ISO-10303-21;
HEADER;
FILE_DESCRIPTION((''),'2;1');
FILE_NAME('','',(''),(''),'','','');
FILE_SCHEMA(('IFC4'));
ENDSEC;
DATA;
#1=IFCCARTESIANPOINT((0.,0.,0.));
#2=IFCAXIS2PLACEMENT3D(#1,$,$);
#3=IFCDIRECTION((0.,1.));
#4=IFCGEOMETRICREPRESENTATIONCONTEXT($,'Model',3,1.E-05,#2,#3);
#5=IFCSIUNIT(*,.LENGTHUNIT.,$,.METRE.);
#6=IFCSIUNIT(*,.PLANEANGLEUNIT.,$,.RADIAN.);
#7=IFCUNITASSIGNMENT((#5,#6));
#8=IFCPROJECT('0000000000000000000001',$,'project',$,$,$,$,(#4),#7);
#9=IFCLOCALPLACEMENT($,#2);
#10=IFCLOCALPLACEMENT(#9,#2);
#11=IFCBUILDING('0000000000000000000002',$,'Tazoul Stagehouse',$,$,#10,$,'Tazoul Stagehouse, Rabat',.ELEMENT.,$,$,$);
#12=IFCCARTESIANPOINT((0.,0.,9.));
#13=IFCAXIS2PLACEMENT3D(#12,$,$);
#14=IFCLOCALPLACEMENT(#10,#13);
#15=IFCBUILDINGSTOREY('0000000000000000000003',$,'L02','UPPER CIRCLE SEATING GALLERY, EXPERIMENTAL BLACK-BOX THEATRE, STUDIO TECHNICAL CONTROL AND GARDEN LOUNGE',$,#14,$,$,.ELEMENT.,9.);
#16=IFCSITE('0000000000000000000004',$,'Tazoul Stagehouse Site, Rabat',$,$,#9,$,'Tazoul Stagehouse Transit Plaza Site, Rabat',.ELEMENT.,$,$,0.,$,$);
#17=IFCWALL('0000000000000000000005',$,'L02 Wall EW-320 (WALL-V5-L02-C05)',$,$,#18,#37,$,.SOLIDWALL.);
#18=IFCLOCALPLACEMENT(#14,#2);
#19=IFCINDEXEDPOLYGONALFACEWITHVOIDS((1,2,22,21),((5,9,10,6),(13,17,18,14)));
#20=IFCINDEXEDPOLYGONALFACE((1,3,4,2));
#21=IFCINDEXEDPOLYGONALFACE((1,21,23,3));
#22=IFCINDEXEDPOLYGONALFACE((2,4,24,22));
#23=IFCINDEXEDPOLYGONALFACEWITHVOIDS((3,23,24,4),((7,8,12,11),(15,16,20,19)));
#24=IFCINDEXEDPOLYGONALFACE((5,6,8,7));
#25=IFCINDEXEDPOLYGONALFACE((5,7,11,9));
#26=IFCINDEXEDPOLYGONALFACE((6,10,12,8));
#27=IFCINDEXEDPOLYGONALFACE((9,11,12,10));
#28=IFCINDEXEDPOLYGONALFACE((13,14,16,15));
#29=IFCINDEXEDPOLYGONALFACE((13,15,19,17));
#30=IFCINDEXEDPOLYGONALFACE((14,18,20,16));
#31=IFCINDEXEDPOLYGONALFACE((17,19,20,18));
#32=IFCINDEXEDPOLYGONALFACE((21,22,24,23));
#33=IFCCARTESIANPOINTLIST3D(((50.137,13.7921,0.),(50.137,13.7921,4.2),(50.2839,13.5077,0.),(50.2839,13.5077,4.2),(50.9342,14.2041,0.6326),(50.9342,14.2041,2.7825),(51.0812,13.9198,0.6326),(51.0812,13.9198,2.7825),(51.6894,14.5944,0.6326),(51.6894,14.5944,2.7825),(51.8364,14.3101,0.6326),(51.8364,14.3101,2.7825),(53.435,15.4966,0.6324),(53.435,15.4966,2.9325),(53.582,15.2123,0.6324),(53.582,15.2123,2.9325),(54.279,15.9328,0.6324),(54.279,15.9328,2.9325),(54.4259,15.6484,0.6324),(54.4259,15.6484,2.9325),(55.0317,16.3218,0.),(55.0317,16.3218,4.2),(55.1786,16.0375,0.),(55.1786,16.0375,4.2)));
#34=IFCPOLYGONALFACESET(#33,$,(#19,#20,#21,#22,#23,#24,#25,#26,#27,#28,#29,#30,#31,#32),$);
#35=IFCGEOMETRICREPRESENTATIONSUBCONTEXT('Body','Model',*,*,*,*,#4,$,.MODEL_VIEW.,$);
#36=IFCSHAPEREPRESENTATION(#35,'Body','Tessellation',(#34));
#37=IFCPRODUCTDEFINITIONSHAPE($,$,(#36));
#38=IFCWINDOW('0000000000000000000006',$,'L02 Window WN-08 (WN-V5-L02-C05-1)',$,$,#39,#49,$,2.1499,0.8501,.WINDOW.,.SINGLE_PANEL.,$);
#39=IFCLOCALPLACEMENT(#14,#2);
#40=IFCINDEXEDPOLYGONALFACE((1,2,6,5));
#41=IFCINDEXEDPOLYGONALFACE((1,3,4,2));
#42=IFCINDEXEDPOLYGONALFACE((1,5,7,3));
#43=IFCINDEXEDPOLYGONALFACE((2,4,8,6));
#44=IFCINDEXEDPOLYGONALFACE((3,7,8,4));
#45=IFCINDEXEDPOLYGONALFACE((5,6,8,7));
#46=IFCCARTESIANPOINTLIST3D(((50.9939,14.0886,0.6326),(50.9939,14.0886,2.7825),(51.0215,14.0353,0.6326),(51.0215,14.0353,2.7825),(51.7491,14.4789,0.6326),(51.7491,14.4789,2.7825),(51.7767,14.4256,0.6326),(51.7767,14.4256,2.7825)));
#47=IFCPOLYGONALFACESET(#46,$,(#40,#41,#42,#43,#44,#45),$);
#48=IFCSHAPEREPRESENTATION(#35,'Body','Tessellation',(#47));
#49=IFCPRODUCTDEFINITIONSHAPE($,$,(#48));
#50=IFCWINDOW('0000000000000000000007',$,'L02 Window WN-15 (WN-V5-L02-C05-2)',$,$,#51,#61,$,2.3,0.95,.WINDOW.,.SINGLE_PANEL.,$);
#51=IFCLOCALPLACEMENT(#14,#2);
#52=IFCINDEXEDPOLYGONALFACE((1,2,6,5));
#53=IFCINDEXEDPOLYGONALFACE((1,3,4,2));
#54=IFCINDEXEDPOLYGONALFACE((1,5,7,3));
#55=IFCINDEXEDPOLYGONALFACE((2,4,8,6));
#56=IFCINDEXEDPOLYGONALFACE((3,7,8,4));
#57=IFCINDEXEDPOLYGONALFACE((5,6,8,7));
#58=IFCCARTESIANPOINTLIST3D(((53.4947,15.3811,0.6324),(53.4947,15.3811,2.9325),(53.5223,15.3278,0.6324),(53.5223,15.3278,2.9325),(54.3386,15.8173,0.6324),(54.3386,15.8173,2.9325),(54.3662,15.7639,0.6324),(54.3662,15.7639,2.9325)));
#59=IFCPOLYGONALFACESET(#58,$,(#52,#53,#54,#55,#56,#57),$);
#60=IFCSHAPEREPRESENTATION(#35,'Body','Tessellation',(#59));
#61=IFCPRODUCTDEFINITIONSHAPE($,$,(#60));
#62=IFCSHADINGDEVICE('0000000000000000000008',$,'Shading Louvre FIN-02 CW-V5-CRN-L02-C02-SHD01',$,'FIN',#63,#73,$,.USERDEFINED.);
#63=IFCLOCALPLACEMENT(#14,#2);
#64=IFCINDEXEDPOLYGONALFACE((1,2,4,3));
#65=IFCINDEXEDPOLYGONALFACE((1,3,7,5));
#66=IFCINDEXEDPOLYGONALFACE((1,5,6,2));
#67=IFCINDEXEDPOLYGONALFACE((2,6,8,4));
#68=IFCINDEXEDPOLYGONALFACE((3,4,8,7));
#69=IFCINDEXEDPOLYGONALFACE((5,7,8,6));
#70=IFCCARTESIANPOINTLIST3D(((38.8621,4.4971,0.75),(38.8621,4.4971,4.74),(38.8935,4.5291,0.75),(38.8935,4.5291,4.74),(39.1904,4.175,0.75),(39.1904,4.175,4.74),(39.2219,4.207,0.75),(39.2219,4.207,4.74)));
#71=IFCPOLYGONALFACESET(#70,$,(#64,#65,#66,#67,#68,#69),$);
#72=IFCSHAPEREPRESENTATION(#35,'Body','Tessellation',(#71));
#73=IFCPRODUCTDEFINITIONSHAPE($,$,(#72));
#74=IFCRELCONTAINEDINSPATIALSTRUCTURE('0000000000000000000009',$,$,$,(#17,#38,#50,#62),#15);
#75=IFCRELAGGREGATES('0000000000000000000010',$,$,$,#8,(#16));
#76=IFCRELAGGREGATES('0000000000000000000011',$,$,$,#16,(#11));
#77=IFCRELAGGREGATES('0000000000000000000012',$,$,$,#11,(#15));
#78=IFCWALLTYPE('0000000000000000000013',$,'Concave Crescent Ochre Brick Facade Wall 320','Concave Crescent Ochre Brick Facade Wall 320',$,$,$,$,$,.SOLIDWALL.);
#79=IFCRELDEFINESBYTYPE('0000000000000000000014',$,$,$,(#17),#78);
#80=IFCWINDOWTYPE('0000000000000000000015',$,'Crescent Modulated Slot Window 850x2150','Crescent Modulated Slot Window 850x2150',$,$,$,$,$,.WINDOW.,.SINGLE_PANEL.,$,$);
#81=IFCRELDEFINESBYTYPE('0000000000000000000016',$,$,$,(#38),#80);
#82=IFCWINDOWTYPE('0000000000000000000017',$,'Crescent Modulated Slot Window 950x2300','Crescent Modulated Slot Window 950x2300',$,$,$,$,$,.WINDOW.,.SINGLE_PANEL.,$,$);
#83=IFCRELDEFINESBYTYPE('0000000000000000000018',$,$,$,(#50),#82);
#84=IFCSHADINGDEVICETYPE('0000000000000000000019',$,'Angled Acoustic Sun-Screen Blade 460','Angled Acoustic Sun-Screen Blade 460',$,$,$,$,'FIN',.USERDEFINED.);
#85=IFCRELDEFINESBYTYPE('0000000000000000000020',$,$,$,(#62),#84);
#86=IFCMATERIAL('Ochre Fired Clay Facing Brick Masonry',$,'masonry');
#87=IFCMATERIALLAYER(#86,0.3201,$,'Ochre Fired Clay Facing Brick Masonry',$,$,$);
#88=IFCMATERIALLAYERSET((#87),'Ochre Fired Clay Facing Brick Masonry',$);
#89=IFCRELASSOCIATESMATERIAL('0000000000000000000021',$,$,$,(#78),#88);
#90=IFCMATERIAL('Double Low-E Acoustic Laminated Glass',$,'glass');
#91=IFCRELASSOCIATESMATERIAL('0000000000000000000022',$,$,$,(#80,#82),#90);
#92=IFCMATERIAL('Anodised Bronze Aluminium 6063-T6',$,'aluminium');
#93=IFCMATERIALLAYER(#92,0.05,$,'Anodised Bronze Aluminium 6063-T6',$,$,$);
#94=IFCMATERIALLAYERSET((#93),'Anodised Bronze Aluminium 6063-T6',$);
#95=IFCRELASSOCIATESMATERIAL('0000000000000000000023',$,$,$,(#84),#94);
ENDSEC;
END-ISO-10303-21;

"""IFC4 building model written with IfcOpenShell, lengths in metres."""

from ifc_helpers import new_model, si_unit, direction, frame, frame_2d, origin, origin_2d, place, context, subcontext, project, spatial, rectangle, extrude, material, layer, layer_set, type_object, element, fill, save


model = new_model("IFC4")

# Units and contexts
model_context = context("Model", 3, precision=1e-05, world=origin(), true_north=direction((0.0, 1.0)))
body_context = subcontext(model_context, "Body", "Model", "MODEL_VIEW")
ifc_project = project(units=[si_unit("LENGTHUNIT", "METRE"), si_unit("PLANEANGLEUNIT", "RADIAN")], contexts=[model_context])

# Site, building, storey
site_placement = place(None, origin())
site = spatial("IfcSite", under=ifc_project, at=site_placement, Name="Tazoul Stagehouse Site, Rabat", LongName="Tazoul Stagehouse Transit Plaza Site, Rabat", CompositionType="ELEMENT", RefElevation=0.0)
building_placement = place(site_placement, origin())
building = spatial("IfcBuilding", under=site, at=building_placement, Name="Tazoul Stagehouse", LongName="Tazoul Stagehouse, Rabat", CompositionType="ELEMENT")
storey_placement = place(building_placement, frame((0.0, 0.0, 9.0)))
storey = spatial("IfcBuildingStorey", under=building, at=storey_placement, Name="L02", Description="UPPER CIRCLE SEATING GALLERY, EXPERIMENTAL BLACK-BOX THEATRE, STUDIO TECHNICAL CONTROL AND GARDEN LOUNGE", CompositionType="ELEMENT", Elevation=9.0)

# Wall, openings, windows
ifc_material_1 = material(Name="Ochre Fired Clay Facing Brick Masonry", Category="masonry")
ifc_layer_1 = layer(ifc_material_1, 0.3201, Name="Ochre Fired Clay Facing Brick Masonry")
ifc_layer_set_1 = layer_set([ifc_layer_1], Name="Ochre Fired Clay Facing Brick Masonry")
wall_type = type_object("IfcWallType", Name="Concave Crescent Ochre Brick Facade Wall 320", Description="Concave Crescent Ochre Brick Facade Wall 320", PredefinedType="SOLIDWALL", material=ifc_layer_set_1)
ifc_material_2 = material(Name="Double Low-E Acoustic Laminated Glass", Category="glass")
wall_1_placement = place(storey_placement, frame((50.2104, 13.6499, 0.0), z_axis=(0.0, 0.0, 1.0), x_axis=(0.888365, 0.459137, 0.0)))
wall_1 = element("IfcWall", 1, at=wall_1_placement, inside=storey, type_object=wall_type, Name="L02 Wall EW-320 (WALL-V5-L02-C05)", PredefinedType="SOLIDWALL", context=body_context, shape_type="SweptSolid", body=[
    extrude(rectangle(XDim=5.5098, YDim=0.3201, at=frame_2d((2.7549, 0.0))), origin(), (0.0, 0.0, 1.0), 4.2),
])
opening_1_placement = place(wall_1_placement, frame((0.8975, 0.0, 0.6326)))
opening_1 = element("IfcOpeningElement", 2, at=opening_1_placement, cuts=wall_1, PredefinedType="OPENING", context=body_context, shape_type="SweptSolid", body=[
    extrude(rectangle(XDim=0.8501, YDim=2.1499, at=frame_2d((0.425, 1.075))), frame((0.0, 0.1799, 0.0), z_axis=(0.0, -1.0, 0.0), x_axis=(1.0, 0.0, 0.0)), (0.0, 0.0, 1.0), 0.3601),
])
opening_2_placement = place(wall_1_placement, frame((3.7124, 0.0, 0.6326)))
opening_2 = element("IfcOpeningElement", 3, at=opening_2_placement, cuts=wall_1, PredefinedType="OPENING", context=body_context, shape_type="SweptSolid", body=[
    extrude(rectangle(XDim=0.95, YDim=2.3, at=frame_2d((0.4751, 1.1499))), frame((0.0, 0.1799, 0.0), z_axis=(0.0, -1.0, 0.0), x_axis=(1.0, 0.0, 0.0)), (0.0, 0.0, 1.0), 0.3601),
])
window_type_1 = type_object("IfcWindowType", Name="Crescent Modulated Slot Window 850x2150", Description="Crescent Modulated Slot Window 850x2150", PartitioningType="SINGLE_PANEL", PredefinedType="WINDOW", material=ifc_material_2)
window_1_placement = place(opening_1_placement, origin())
window_1 = element("IfcWindow", 4, at=window_1_placement, inside=storey, type_object=window_type_1, Name="L02 Window WN-08 (WN-V5-L02-C05-1)", OverallHeight=2.1499, OverallWidth=0.8501, PartitioningType="SINGLE_PANEL", PredefinedType="WINDOW", context=body_context, shape_type="SweptSolid", body=[
    extrude(rectangle(XDim=0.8501, YDim=2.1499, at=frame_2d((0.425, 1.075))), frame((0.0, 0.03, 0.0), z_axis=(0.0, -1.0, 0.0), x_axis=(1.0, 0.0, 0.0)), (0.0, 0.0, 1.0), 0.0601),
])
fill(opening_1, window_1)
window_type_2 = type_object("IfcWindowType", Name="Crescent Modulated Slot Window 950x2300", Description="Crescent Modulated Slot Window 950x2300", PartitioningType="SINGLE_PANEL", PredefinedType="WINDOW", material=ifc_material_2)
window_2_placement = place(opening_2_placement, origin())
window_2 = element("IfcWindow", 5, at=window_2_placement, inside=storey, type_object=window_type_2, Name="L02 Window WN-15 (WN-V5-L02-C05-2)", OverallHeight=2.3, OverallWidth=0.95, PartitioningType="SINGLE_PANEL", PredefinedType="WINDOW", context=body_context, shape_type="SweptSolid", body=[
    extrude(rectangle(XDim=0.95, YDim=2.3, at=frame_2d((0.4751, 1.1499))), frame((0.0, 0.03, 0.0), z_axis=(0.0, -1.0, 0.0), x_axis=(1.0, 0.0, 0.0)), (0.0, 0.0, 1.0), 0.0601),
])
fill(opening_2, window_2)

# Shading device
ifc_material_3 = material(Name="Anodised Bronze Aluminium 6063-T6", Category="aluminium")
ifc_layer_2 = layer(ifc_material_3, 0.05, Name="Anodised Bronze Aluminium 6063-T6")
ifc_layer_set_2 = layer_set([ifc_layer_2], Name="Anodised Bronze Aluminium 6063-T6")
shading_device_type_1 = type_object("IfcShadingDeviceType", Name="Angled Acoustic Sun-Screen Blade 460", Description="Angled Acoustic Sun-Screen Blade 460", ElementType="FIN", PredefinedType="USERDEFINED", material=ifc_layer_set_2)
shading_device_1_placement = place(storey_placement, frame((39.042, 4.3521, 0.75), z_axis=(0.0, 0.0, 1.0), x_axis=(0.700247, 0.713901, 0.0)))
element("IfcShadingDevice", 6, at=shading_device_1_placement, inside=storey, type_object=shading_device_type_1, Name="Shading Louvre FIN-02 CW-V5-CRN-L02-C02-SHD01", ObjectType="FIN", PredefinedType="USERDEFINED", context=body_context, shape_type="SweptSolid", body=[
    extrude(rectangle(XDim=0.0449, YDim=0.46, at=origin_2d()), origin(), (0.0, 0.0, 1.0), 3.99),
])

save(model, "model.ifc")
